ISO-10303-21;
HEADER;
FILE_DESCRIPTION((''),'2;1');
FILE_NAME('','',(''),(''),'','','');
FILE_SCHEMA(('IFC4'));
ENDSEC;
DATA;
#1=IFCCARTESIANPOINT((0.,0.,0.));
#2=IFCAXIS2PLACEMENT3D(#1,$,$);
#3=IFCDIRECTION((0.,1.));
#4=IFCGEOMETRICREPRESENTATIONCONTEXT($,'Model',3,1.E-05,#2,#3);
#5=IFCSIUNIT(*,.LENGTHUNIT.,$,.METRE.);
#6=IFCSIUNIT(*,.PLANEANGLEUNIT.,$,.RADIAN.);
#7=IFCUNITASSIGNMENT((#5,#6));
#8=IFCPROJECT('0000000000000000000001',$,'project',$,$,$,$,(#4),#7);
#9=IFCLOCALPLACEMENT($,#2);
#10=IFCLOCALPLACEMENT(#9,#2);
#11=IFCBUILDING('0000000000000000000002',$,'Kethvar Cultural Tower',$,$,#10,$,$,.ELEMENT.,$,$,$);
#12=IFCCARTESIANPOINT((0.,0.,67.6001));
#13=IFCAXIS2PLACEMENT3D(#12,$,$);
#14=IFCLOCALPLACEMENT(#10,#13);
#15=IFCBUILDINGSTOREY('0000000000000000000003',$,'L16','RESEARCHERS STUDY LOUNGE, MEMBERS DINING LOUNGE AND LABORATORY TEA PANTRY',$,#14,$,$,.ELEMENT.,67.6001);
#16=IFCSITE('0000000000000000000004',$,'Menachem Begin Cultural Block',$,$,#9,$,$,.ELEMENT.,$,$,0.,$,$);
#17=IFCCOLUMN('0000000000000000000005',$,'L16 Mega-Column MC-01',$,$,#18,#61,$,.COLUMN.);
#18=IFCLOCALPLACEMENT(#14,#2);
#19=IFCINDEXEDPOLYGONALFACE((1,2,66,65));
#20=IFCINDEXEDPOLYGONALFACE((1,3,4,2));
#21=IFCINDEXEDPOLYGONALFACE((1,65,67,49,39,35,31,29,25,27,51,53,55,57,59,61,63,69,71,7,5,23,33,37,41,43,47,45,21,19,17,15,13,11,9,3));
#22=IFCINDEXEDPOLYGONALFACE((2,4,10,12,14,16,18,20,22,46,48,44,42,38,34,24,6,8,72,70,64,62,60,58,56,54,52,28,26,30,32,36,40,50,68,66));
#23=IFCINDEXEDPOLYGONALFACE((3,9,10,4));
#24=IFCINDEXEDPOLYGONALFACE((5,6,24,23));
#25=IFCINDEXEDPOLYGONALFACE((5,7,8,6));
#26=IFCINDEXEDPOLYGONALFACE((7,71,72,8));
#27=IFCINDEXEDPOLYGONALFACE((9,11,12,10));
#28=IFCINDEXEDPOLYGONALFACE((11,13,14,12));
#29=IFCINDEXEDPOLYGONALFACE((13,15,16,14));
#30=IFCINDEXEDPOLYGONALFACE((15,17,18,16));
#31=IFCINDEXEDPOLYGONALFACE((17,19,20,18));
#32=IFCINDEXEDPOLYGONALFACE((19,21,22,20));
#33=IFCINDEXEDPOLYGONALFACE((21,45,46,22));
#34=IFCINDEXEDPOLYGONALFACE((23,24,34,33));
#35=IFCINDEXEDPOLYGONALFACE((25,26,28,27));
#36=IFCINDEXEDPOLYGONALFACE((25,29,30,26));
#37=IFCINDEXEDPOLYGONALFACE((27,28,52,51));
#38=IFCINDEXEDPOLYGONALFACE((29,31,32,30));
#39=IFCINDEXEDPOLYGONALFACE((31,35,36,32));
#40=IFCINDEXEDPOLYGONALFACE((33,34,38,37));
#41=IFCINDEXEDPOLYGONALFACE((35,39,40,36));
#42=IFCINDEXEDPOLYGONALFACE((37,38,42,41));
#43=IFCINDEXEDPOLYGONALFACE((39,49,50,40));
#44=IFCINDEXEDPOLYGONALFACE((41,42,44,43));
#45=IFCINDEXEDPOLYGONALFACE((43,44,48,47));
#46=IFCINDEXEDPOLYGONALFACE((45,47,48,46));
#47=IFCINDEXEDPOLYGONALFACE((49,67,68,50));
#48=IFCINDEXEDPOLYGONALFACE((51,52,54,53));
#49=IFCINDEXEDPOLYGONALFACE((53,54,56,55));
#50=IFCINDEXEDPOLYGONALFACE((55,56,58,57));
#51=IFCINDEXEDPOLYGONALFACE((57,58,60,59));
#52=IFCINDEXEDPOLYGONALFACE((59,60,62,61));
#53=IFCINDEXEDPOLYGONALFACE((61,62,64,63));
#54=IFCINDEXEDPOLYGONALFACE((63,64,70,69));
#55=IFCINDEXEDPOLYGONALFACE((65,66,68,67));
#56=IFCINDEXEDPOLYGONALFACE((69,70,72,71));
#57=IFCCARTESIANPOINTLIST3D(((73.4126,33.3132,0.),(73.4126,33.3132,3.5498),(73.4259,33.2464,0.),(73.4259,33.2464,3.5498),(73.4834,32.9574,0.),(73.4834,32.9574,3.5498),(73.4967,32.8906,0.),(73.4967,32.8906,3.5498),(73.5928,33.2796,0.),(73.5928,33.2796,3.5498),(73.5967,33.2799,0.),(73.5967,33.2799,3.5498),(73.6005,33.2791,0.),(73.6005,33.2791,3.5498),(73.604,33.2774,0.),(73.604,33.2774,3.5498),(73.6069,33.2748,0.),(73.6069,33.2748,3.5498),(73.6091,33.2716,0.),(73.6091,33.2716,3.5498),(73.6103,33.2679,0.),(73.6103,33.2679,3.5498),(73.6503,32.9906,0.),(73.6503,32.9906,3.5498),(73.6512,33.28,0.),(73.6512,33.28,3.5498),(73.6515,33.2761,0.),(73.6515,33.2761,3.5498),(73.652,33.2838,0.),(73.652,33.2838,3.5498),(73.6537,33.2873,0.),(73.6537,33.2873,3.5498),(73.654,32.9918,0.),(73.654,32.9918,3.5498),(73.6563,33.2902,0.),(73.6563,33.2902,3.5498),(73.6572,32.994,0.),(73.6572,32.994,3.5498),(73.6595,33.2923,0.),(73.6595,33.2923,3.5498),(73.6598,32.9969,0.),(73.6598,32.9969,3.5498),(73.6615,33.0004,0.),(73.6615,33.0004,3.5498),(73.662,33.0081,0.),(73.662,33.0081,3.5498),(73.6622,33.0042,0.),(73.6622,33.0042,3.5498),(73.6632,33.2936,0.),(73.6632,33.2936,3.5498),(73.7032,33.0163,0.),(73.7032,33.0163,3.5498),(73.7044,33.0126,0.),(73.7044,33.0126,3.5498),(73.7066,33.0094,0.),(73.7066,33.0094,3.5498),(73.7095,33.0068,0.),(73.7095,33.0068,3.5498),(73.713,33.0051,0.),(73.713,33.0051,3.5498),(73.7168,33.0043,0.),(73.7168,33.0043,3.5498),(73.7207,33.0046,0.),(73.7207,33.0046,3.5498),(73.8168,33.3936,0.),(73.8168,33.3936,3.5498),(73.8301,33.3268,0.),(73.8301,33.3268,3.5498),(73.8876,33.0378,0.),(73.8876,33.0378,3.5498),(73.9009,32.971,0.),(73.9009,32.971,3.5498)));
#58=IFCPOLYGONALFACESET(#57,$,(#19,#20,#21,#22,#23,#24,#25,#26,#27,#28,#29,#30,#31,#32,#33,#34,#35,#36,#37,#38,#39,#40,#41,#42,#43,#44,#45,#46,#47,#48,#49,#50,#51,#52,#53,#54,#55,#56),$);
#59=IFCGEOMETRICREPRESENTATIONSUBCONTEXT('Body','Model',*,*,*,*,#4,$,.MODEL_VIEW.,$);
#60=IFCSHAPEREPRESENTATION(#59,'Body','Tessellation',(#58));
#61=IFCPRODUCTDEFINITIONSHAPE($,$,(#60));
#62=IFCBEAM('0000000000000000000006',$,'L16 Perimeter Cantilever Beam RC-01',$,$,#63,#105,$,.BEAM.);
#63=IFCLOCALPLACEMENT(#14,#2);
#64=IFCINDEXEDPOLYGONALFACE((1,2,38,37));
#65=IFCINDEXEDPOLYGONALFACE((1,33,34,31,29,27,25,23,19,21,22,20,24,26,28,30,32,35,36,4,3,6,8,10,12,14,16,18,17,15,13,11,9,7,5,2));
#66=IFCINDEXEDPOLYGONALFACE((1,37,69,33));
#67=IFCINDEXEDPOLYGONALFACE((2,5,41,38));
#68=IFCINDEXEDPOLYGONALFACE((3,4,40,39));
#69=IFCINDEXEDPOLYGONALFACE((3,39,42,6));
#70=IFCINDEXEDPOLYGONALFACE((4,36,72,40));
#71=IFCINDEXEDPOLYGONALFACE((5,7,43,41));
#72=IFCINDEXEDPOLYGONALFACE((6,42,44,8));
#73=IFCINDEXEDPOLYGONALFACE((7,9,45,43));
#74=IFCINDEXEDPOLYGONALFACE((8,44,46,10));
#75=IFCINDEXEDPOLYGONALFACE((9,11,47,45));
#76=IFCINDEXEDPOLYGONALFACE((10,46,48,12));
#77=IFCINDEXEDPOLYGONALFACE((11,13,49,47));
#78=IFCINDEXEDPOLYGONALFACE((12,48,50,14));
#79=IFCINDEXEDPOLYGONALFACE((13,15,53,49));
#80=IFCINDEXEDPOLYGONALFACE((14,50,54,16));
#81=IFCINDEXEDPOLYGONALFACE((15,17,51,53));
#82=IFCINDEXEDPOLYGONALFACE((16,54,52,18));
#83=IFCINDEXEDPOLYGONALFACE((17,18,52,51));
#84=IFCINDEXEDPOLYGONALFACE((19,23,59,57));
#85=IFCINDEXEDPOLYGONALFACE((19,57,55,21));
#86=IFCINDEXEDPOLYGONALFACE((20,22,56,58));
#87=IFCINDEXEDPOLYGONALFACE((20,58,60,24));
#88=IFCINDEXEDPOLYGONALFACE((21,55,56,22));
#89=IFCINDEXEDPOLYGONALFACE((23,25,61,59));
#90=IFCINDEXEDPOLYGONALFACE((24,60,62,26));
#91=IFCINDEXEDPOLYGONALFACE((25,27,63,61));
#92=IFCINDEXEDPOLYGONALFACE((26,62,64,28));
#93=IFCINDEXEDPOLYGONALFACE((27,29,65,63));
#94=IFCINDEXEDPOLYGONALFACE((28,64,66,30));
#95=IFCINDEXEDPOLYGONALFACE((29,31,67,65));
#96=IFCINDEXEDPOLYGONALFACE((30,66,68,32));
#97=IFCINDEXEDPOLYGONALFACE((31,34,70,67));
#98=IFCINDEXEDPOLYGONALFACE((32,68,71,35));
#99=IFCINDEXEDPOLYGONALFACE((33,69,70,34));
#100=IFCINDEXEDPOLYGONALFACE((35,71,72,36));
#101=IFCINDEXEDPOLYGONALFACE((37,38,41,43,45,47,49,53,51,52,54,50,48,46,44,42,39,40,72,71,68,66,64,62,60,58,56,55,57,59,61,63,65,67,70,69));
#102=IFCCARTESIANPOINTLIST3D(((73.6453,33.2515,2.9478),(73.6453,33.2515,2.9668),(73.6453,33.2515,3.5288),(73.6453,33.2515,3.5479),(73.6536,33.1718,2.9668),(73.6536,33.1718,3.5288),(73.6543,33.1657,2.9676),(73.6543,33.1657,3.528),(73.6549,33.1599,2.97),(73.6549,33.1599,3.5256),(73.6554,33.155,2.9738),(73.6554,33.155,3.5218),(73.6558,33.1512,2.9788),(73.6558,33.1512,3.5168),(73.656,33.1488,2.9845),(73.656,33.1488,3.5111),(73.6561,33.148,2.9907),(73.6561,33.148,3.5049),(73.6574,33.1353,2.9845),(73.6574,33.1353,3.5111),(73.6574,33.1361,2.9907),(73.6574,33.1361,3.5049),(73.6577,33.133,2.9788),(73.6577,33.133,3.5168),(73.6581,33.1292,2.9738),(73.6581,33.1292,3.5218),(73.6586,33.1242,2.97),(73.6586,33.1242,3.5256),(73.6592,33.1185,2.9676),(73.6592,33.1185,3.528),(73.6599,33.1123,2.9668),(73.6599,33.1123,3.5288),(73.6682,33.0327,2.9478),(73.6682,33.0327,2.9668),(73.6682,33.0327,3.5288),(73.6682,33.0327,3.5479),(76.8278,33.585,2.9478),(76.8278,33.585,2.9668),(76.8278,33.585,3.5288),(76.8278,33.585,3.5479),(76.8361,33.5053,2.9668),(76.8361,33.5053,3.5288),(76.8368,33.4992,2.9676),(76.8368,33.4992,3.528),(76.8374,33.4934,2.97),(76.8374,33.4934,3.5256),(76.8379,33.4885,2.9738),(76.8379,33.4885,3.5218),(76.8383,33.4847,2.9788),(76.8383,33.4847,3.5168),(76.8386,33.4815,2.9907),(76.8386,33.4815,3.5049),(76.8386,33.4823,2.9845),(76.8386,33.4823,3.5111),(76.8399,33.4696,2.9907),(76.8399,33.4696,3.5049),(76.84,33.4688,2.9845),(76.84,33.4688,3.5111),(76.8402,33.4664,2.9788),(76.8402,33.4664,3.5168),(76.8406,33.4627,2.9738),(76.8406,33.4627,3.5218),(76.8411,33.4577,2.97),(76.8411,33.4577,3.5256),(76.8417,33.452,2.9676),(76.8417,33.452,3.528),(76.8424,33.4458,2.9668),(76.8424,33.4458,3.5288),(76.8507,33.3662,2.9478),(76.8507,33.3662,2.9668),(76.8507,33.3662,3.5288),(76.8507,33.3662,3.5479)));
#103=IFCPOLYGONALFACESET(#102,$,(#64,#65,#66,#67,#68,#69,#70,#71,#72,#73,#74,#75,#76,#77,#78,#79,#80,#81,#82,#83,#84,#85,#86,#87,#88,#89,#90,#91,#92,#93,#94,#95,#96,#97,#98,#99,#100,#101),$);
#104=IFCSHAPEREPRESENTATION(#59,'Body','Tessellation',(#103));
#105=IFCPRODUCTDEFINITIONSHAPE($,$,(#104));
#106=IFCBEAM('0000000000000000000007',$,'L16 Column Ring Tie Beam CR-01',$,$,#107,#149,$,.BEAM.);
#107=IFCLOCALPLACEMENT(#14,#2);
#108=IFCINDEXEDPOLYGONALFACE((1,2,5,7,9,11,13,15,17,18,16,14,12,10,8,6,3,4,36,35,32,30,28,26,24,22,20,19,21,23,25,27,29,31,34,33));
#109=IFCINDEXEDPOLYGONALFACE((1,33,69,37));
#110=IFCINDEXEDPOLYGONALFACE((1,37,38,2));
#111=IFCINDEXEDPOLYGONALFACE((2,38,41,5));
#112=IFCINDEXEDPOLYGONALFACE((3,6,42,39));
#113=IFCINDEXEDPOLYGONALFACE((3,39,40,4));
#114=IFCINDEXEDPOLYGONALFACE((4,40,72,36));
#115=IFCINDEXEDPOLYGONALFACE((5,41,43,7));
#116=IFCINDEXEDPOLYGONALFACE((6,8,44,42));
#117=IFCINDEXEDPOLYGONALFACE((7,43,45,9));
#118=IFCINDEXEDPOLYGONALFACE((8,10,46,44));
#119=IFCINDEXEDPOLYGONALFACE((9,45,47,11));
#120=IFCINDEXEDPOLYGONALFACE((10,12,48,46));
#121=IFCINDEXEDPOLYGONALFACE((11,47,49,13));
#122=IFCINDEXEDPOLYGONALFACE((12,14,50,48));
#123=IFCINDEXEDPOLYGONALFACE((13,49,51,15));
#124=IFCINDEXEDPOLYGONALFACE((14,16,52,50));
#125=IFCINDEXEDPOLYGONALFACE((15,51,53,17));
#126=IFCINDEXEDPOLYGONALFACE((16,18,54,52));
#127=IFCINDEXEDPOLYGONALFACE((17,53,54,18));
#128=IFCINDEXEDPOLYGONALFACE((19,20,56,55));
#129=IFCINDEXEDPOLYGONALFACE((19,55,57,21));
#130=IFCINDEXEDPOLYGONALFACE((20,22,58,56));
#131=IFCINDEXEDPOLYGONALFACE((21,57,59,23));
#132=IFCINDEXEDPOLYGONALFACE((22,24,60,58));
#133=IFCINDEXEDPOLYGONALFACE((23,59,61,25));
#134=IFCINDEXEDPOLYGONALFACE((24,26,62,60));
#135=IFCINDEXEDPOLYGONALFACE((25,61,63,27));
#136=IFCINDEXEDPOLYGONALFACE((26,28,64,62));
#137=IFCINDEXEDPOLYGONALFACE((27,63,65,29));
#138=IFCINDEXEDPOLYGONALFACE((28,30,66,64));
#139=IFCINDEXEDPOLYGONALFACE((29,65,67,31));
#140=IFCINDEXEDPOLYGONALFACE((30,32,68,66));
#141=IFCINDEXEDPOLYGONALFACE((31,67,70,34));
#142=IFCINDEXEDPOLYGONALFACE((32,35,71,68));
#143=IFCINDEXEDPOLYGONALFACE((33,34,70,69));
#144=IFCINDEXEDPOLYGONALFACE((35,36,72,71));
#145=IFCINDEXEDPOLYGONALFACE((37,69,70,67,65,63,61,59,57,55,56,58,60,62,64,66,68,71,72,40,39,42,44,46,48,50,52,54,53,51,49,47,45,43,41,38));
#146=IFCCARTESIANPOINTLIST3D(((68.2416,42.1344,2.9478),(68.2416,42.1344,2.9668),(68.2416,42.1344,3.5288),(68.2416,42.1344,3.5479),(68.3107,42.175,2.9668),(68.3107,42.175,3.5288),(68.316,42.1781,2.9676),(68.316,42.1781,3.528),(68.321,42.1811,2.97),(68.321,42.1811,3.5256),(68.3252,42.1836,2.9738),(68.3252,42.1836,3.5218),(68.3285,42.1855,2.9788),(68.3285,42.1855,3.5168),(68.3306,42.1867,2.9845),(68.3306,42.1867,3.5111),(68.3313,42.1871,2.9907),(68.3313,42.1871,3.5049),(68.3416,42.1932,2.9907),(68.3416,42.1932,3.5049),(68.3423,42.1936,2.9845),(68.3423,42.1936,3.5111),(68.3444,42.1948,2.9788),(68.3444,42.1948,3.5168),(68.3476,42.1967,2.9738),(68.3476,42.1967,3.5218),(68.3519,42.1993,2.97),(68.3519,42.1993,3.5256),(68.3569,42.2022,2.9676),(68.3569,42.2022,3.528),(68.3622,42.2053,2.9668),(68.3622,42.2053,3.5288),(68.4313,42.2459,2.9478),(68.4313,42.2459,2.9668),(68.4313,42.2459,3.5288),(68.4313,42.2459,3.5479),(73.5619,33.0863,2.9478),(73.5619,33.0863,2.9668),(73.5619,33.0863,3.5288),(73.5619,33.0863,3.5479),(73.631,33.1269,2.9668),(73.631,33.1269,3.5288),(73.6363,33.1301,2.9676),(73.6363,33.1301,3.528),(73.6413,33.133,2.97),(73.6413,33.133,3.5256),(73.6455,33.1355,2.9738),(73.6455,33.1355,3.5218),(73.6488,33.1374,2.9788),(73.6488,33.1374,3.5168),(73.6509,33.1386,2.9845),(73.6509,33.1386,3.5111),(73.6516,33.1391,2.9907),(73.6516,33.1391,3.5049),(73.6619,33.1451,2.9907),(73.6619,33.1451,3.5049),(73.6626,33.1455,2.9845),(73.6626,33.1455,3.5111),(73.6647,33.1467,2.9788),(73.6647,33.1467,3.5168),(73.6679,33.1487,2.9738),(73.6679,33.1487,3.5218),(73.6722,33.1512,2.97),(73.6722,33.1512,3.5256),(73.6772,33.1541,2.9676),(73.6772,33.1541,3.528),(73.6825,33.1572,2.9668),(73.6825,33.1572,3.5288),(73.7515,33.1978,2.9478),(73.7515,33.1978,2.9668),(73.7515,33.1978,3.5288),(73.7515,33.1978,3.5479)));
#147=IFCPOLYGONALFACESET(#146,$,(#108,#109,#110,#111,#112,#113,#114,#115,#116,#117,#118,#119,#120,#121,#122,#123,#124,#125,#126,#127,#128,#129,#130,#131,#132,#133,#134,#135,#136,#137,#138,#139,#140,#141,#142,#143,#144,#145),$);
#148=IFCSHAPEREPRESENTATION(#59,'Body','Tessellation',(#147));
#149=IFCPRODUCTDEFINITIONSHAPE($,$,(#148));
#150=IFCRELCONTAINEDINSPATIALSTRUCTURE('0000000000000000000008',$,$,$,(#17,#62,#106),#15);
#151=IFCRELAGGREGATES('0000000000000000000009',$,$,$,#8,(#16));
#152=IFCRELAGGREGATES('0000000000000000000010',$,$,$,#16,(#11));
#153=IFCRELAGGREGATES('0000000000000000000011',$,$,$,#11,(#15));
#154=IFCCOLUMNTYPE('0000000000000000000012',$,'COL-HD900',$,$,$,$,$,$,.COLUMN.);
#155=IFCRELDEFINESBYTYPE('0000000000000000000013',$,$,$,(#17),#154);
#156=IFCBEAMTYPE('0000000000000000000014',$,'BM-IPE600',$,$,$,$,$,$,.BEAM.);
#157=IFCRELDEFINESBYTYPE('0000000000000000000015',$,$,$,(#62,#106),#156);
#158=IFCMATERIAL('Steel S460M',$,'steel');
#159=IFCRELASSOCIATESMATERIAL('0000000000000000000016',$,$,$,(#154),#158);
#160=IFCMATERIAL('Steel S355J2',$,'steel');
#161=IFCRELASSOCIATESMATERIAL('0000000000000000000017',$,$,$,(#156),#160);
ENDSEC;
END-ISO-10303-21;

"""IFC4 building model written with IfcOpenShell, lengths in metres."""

from ifc_helpers import new_model, si_unit, direction, frame, origin, origin_2d, place, context, subcontext, project, spatial, i_section, extrude, source, transform, mapped, material, material_profile, profile_set, type_object, element, save


model = new_model("IFC4")

# Units and contexts
model_context = context("Model", 3, precision=1e-05, world=origin(), true_north=direction((0.0, 1.0)))
body_context = subcontext(model_context, "Body", "Model", "MODEL_VIEW")
ifc_project = project(units=[si_unit("LENGTHUNIT", "METRE"), si_unit("PLANEANGLEUNIT", "RADIAN")], contexts=[model_context])

# Site, building, storey
site_placement = place(None, origin())
site = spatial("IfcSite", under=ifc_project, at=site_placement, Name="Menachem Begin Cultural Block", CompositionType="ELEMENT", RefElevation=0.0)
building_placement = place(site_placement, origin())
building = spatial("IfcBuilding", under=site, at=building_placement, Name="Kethvar Cultural Tower", CompositionType="ELEMENT")
storey_placement = place(building_placement, frame((0.0, 0.0, 67.6001)))
storey = spatial("IfcBuildingStorey", under=building, at=storey_placement, Name="L16", Description="RESEARCHERS STUDY LOUNGE, MEMBERS DINING LOUNGE AND LABORATORY TEA PANTRY", CompositionType="ELEMENT", Elevation=67.6001)

# Column
ifc_material_1 = material(Name="Steel S460M", Category="steel")
ifc_material_profile_1 = material_profile(ifc_material_1, i_section(OverallWidth=0.4121, OverallDepth=0.4309, WebThickness=0.042, FlangeThickness=0.0681, FilletRadius=0.0149, at=origin_2d()), Name="Steel S460M — HD400x900")
ifc_profile_set_1 = profile_set([ifc_material_profile_1], Name="Steel S460M — HD400x900")
column_type = type_object("IfcColumnType", Name="COL-HD900", PredefinedType="COLUMN", material=ifc_profile_set_1)
shared_shape_1 = source(origin(), body_context, "Body", "SweptSolid", [
    extrude(i_section(OverallWidth=0.4121, OverallDepth=0.4309, WebThickness=0.042, FlangeThickness=0.0681, FilletRadius=0.0149, at=origin_2d()), origin(), (0.0, 0.0, 1.0), 3.5498),
])
column_placement = place(storey_placement, frame((73.6567, 33.1421, 0.0), z_axis=(0.0, 0.0, 1.0), x_axis=(0.980785, 0.19509, 0.0)))
element("IfcColumn", 1, at=column_placement, inside=storey, type_object=column_type, Name="L16 Mega-Column MC-01", PredefinedType="COLUMN", context=body_context, shape_type="MappedRepresentation", body=[
    mapped(shared_shape_1, transform((0.0, 0.0, 0.0), scale=1.0)),
])

# Beams
ifc_material_2 = material(Name="Steel S355J2", Category="steel")
ifc_material_profile_2 = material_profile(ifc_material_2, i_section(OverallWidth=0.22, OverallDepth=0.6001, WebThickness=0.012, FlangeThickness=0.019, FilletRadius=0.0239, at=origin_2d()), Name="Steel S355J2 — IPE600")
ifc_profile_set_2 = profile_set([ifc_material_profile_2], Name="Steel S355J2 — IPE600")
beam_type_1 = type_object("IfcBeamType", Name="BM-IPE600", PredefinedType="BEAM", material=ifc_profile_set_2)
shared_shape_2 = source(origin(), body_context, "Body", "SweptSolid", [
    extrude(i_section(OverallWidth=0.22, OverallDepth=0.6001, WebThickness=0.012, FlangeThickness=0.019, FilletRadius=0.0239, at=origin_2d()), origin(), (0.0, 0.0, 1.0), 3.2),
])
beam_1_placement = place(storey_placement, frame((73.6567, 33.1421, 3.2478), z_axis=(0.994555, 0.104216, 0.0), x_axis=(-0.104216, 0.994555, 0.0)))
element("IfcBeam", 2, at=beam_1_placement, inside=storey, type_object=beam_type_1, Name="L16 Perimeter Cantilever Beam RC-01", PredefinedType="BEAM", context=body_context, shape_type="MappedRepresentation", body=[
    mapped(shared_shape_2, transform((0.0, 0.0, 0.0), scale=1.0)),
])
shared_shape_3 = source(origin(), body_context, "Body", "SweptSolid", [
    extrude(i_section(OverallWidth=0.22, OverallDepth=0.6001, WebThickness=0.012, FlangeThickness=0.019, FilletRadius=0.0239, at=origin_2d()), origin(), (0.0, 0.0, 1.0), 10.4963),
])
beam_2_placement = place(storey_placement, frame((73.6567, 33.1421, 3.2478), z_axis=(-0.506872, 0.862022, 0.0), x_axis=(-0.862022, -0.506872, 0.0)))
element("IfcBeam", 3, at=beam_2_placement, inside=storey, type_object=beam_type_1, Name="L16 Column Ring Tie Beam CR-01", PredefinedType="BEAM", context=body_context, shape_type="MappedRepresentation", body=[
    mapped(shared_shape_3, transform((0.0, 0.0, 0.0), scale=1.0)),
])

save(model, "model.ifc")
